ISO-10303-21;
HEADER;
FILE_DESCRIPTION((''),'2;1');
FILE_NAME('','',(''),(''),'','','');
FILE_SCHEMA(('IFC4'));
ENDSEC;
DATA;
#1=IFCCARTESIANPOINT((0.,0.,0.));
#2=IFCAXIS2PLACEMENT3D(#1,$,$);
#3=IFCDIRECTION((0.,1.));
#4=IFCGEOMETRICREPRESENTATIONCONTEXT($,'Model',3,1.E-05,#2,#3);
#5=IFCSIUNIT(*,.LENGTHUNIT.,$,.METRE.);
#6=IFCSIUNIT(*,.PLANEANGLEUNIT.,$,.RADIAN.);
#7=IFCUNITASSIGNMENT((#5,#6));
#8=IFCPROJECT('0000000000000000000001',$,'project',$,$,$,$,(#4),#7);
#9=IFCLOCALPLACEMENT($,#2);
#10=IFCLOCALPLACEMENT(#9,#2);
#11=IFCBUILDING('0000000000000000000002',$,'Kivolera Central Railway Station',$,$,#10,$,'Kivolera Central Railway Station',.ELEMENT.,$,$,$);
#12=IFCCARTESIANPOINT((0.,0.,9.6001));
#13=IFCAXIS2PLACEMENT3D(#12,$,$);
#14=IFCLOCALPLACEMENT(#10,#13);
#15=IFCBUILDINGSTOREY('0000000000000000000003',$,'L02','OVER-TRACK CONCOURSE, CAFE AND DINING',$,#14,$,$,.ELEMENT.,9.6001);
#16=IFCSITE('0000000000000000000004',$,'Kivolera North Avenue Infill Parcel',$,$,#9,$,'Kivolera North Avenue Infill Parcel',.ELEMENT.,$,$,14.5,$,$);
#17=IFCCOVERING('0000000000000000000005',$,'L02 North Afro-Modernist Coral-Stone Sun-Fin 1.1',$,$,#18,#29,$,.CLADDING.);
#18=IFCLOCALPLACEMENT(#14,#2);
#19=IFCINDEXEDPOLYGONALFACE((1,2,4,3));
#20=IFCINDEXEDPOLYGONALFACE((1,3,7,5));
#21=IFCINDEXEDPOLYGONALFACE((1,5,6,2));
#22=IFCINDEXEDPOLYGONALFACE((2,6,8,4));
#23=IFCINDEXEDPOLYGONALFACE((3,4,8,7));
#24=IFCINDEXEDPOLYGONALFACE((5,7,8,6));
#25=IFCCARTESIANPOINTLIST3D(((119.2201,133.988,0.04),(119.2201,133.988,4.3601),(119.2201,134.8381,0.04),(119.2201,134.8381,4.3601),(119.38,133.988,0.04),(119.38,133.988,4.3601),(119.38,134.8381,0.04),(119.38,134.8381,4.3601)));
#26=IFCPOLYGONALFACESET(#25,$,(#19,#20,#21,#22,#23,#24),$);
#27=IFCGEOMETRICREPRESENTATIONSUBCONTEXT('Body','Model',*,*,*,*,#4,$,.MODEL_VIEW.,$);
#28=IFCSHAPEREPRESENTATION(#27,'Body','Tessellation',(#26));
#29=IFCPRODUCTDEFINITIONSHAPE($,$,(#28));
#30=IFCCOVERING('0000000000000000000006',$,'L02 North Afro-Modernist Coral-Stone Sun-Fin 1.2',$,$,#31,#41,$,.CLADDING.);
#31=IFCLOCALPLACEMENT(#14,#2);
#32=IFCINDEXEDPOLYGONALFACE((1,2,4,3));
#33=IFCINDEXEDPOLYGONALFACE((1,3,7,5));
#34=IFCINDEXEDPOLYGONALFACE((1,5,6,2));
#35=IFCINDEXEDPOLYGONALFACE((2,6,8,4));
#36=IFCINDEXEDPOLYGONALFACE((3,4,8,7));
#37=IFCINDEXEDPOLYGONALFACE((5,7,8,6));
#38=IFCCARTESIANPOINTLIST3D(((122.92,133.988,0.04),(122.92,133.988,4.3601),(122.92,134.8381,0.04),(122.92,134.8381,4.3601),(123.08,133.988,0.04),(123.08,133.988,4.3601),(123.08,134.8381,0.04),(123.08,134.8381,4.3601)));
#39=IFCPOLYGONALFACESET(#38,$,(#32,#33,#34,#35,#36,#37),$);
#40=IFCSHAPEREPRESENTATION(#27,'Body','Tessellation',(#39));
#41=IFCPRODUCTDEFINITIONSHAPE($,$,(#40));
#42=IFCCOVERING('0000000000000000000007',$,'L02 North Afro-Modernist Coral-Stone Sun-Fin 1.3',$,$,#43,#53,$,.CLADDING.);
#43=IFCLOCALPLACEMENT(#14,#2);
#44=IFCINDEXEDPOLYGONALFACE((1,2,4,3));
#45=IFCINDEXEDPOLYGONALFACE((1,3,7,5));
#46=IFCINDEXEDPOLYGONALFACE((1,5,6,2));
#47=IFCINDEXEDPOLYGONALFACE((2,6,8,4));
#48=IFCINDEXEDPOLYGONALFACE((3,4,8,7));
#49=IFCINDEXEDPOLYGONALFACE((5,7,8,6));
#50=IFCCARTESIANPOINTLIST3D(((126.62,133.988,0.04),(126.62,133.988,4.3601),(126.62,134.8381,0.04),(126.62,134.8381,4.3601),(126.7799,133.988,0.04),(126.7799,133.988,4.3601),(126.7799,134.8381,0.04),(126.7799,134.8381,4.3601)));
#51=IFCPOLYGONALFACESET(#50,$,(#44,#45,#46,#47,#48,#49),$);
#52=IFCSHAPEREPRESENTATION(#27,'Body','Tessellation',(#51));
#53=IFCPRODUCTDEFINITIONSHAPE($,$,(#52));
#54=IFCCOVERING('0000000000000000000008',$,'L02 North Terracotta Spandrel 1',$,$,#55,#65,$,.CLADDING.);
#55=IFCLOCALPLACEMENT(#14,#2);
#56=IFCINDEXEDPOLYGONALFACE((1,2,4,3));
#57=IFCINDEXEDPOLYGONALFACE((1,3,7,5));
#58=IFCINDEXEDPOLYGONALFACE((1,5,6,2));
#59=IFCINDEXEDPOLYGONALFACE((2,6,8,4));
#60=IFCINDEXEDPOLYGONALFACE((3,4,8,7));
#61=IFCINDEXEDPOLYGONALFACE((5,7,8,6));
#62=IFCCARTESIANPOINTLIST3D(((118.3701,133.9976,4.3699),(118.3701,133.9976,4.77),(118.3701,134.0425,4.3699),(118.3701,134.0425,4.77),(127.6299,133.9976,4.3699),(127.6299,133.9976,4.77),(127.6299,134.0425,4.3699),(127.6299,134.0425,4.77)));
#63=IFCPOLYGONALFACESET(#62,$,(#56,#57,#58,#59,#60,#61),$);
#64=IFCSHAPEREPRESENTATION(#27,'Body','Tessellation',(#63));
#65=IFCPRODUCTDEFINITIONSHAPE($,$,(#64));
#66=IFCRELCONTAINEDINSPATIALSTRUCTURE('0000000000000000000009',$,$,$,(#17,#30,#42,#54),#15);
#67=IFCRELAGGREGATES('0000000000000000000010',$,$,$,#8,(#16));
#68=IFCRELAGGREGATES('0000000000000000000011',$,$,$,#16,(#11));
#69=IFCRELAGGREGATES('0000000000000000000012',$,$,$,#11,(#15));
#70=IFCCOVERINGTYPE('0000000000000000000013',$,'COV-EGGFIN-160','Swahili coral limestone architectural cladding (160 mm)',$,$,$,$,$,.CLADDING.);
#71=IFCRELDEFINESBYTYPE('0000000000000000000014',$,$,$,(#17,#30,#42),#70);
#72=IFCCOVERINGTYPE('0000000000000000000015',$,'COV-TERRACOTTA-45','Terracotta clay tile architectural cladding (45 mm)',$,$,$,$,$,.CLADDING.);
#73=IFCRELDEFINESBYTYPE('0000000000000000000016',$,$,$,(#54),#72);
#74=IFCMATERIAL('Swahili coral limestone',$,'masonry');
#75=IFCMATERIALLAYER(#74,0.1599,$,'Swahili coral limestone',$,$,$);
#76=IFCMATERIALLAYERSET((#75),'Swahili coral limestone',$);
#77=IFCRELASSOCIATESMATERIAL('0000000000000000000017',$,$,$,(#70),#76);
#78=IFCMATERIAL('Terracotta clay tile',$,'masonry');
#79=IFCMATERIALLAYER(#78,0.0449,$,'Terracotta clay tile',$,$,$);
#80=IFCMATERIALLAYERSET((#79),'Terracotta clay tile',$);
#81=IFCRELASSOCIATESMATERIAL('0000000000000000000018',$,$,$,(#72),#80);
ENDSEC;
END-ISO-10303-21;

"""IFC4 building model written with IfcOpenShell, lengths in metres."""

from ifc_helpers import new_model, si_unit, direction, frame, frame_2d, origin, origin_2d, place, context, subcontext, project, spatial, rectangle, extrude, material, layer, layer_set, type_object, element, save


model = new_model("IFC4")

# Units and contexts
model_context = context("Model", 3, precision=1e-05, world=origin(), true_north=direction((0.0, 1.0)))
body_context = subcontext(model_context, "Body", "Model", "MODEL_VIEW")
ifc_project = project(units=[si_unit("LENGTHUNIT", "METRE"), si_unit("PLANEANGLEUNIT", "RADIAN")], contexts=[model_context])

# Site, building, storey
site_placement = place(None, origin())
site = spatial("IfcSite", under=ifc_project, at=site_placement, Name="Kivolera North Avenue Infill Parcel", LongName="Kivolera North Avenue Infill Parcel", CompositionType="ELEMENT", RefElevation=14.5)
building_placement = place(site_placement, origin())
building = spatial("IfcBuilding", under=site, at=building_placement, Name="Kivolera Central Railway Station", LongName="Kivolera Central Railway Station", CompositionType="ELEMENT")
storey_placement = place(building_placement, frame((0.0, 0.0, 9.6001)))
storey = spatial("IfcBuildingStorey", under=building, at=storey_placement, Name="L02", Description="OVER-TRACK CONCOURSE, CAFE AND DINING", CompositionType="ELEMENT", Elevation=9.6001)

# Coverings
ifc_material_1 = material(Name="Swahili coral limestone", Category="masonry")
ifc_layer_1 = layer(ifc_material_1, 0.1599, Name="Swahili coral limestone")
ifc_layer_set_1 = layer_set([ifc_layer_1], Name="Swahili coral limestone")
covering_type_1 = type_object("IfcCoveringType", Name="COV-EGGFIN-160", Description="Swahili coral limestone architectural cladding (160 mm)", PredefinedType="CLADDING", material=ifc_layer_set_1)
for number, where, z_axis, x_axis, name in (
    (1, (119.3, 134.4131, 0.04), (0.0, 0.0, 1.0), (1.0, 0.0, 0.0), "L02 North Afro-Modernist Coral-Stone Sun-Fin 1.1"),
    (2, (123.0, 134.4131, 0.04), (0.0, 0.0, 1.0), (1.0, 0.0, 0.0), "L02 North Afro-Modernist Coral-Stone Sun-Fin 1.2"),
    (3, (126.7, 134.4131, 0.04), (0.0, 0.0, 1.0), (1.0, 0.0, 0.0), "L02 North Afro-Modernist Coral-Stone Sun-Fin 1.3"),
):
    element("IfcCovering", number, at=place(storey_placement, frame(where, z_axis=z_axis, x_axis=x_axis)), inside=storey, type_object=covering_type_1, Name=name, PredefinedType="CLADDING", context=body_context, shape_type="SweptSolid", body=[
        extrude(rectangle(XDim=0.1599, YDim=0.8501, at=origin_2d()), origin(), (0.0, 0.0, 1.0), 4.3201),
    ])
ifc_material_2 = material(Name="Terracotta clay tile", Category="masonry")
ifc_layer_2 = layer(ifc_material_2, 0.0449, Name="Terracotta clay tile")
ifc_layer_set_2 = layer_set([ifc_layer_2], Name="Terracotta clay tile")
covering_type_2 = type_object("IfcCoveringType", Name="COV-TERRACOTTA-45", Description="Terracotta clay tile architectural cladding (45 mm)", PredefinedType="CLADDING", material=ifc_layer_set_2)
covering_1_placement = place(storey_placement, frame((118.3701, 134.02, 4.3699), z_axis=(0.0, 0.0, 1.0), x_axis=(1.0, 0.0, 0.0)))
element("IfcCovering", 4, at=covering_1_placement, inside=storey, type_object=covering_type_2, Name="L02 North Terracotta Spandrel 1", PredefinedType="CLADDING", context=body_context, shape_type="SweptSolid", body=[
    extrude(rectangle(XDim=9.2598, YDim=0.0449, at=frame_2d((4.6299, 0.0))), origin(), (0.0, 0.0, 1.0), 0.4001),
])

save(model, "model.ifc")
